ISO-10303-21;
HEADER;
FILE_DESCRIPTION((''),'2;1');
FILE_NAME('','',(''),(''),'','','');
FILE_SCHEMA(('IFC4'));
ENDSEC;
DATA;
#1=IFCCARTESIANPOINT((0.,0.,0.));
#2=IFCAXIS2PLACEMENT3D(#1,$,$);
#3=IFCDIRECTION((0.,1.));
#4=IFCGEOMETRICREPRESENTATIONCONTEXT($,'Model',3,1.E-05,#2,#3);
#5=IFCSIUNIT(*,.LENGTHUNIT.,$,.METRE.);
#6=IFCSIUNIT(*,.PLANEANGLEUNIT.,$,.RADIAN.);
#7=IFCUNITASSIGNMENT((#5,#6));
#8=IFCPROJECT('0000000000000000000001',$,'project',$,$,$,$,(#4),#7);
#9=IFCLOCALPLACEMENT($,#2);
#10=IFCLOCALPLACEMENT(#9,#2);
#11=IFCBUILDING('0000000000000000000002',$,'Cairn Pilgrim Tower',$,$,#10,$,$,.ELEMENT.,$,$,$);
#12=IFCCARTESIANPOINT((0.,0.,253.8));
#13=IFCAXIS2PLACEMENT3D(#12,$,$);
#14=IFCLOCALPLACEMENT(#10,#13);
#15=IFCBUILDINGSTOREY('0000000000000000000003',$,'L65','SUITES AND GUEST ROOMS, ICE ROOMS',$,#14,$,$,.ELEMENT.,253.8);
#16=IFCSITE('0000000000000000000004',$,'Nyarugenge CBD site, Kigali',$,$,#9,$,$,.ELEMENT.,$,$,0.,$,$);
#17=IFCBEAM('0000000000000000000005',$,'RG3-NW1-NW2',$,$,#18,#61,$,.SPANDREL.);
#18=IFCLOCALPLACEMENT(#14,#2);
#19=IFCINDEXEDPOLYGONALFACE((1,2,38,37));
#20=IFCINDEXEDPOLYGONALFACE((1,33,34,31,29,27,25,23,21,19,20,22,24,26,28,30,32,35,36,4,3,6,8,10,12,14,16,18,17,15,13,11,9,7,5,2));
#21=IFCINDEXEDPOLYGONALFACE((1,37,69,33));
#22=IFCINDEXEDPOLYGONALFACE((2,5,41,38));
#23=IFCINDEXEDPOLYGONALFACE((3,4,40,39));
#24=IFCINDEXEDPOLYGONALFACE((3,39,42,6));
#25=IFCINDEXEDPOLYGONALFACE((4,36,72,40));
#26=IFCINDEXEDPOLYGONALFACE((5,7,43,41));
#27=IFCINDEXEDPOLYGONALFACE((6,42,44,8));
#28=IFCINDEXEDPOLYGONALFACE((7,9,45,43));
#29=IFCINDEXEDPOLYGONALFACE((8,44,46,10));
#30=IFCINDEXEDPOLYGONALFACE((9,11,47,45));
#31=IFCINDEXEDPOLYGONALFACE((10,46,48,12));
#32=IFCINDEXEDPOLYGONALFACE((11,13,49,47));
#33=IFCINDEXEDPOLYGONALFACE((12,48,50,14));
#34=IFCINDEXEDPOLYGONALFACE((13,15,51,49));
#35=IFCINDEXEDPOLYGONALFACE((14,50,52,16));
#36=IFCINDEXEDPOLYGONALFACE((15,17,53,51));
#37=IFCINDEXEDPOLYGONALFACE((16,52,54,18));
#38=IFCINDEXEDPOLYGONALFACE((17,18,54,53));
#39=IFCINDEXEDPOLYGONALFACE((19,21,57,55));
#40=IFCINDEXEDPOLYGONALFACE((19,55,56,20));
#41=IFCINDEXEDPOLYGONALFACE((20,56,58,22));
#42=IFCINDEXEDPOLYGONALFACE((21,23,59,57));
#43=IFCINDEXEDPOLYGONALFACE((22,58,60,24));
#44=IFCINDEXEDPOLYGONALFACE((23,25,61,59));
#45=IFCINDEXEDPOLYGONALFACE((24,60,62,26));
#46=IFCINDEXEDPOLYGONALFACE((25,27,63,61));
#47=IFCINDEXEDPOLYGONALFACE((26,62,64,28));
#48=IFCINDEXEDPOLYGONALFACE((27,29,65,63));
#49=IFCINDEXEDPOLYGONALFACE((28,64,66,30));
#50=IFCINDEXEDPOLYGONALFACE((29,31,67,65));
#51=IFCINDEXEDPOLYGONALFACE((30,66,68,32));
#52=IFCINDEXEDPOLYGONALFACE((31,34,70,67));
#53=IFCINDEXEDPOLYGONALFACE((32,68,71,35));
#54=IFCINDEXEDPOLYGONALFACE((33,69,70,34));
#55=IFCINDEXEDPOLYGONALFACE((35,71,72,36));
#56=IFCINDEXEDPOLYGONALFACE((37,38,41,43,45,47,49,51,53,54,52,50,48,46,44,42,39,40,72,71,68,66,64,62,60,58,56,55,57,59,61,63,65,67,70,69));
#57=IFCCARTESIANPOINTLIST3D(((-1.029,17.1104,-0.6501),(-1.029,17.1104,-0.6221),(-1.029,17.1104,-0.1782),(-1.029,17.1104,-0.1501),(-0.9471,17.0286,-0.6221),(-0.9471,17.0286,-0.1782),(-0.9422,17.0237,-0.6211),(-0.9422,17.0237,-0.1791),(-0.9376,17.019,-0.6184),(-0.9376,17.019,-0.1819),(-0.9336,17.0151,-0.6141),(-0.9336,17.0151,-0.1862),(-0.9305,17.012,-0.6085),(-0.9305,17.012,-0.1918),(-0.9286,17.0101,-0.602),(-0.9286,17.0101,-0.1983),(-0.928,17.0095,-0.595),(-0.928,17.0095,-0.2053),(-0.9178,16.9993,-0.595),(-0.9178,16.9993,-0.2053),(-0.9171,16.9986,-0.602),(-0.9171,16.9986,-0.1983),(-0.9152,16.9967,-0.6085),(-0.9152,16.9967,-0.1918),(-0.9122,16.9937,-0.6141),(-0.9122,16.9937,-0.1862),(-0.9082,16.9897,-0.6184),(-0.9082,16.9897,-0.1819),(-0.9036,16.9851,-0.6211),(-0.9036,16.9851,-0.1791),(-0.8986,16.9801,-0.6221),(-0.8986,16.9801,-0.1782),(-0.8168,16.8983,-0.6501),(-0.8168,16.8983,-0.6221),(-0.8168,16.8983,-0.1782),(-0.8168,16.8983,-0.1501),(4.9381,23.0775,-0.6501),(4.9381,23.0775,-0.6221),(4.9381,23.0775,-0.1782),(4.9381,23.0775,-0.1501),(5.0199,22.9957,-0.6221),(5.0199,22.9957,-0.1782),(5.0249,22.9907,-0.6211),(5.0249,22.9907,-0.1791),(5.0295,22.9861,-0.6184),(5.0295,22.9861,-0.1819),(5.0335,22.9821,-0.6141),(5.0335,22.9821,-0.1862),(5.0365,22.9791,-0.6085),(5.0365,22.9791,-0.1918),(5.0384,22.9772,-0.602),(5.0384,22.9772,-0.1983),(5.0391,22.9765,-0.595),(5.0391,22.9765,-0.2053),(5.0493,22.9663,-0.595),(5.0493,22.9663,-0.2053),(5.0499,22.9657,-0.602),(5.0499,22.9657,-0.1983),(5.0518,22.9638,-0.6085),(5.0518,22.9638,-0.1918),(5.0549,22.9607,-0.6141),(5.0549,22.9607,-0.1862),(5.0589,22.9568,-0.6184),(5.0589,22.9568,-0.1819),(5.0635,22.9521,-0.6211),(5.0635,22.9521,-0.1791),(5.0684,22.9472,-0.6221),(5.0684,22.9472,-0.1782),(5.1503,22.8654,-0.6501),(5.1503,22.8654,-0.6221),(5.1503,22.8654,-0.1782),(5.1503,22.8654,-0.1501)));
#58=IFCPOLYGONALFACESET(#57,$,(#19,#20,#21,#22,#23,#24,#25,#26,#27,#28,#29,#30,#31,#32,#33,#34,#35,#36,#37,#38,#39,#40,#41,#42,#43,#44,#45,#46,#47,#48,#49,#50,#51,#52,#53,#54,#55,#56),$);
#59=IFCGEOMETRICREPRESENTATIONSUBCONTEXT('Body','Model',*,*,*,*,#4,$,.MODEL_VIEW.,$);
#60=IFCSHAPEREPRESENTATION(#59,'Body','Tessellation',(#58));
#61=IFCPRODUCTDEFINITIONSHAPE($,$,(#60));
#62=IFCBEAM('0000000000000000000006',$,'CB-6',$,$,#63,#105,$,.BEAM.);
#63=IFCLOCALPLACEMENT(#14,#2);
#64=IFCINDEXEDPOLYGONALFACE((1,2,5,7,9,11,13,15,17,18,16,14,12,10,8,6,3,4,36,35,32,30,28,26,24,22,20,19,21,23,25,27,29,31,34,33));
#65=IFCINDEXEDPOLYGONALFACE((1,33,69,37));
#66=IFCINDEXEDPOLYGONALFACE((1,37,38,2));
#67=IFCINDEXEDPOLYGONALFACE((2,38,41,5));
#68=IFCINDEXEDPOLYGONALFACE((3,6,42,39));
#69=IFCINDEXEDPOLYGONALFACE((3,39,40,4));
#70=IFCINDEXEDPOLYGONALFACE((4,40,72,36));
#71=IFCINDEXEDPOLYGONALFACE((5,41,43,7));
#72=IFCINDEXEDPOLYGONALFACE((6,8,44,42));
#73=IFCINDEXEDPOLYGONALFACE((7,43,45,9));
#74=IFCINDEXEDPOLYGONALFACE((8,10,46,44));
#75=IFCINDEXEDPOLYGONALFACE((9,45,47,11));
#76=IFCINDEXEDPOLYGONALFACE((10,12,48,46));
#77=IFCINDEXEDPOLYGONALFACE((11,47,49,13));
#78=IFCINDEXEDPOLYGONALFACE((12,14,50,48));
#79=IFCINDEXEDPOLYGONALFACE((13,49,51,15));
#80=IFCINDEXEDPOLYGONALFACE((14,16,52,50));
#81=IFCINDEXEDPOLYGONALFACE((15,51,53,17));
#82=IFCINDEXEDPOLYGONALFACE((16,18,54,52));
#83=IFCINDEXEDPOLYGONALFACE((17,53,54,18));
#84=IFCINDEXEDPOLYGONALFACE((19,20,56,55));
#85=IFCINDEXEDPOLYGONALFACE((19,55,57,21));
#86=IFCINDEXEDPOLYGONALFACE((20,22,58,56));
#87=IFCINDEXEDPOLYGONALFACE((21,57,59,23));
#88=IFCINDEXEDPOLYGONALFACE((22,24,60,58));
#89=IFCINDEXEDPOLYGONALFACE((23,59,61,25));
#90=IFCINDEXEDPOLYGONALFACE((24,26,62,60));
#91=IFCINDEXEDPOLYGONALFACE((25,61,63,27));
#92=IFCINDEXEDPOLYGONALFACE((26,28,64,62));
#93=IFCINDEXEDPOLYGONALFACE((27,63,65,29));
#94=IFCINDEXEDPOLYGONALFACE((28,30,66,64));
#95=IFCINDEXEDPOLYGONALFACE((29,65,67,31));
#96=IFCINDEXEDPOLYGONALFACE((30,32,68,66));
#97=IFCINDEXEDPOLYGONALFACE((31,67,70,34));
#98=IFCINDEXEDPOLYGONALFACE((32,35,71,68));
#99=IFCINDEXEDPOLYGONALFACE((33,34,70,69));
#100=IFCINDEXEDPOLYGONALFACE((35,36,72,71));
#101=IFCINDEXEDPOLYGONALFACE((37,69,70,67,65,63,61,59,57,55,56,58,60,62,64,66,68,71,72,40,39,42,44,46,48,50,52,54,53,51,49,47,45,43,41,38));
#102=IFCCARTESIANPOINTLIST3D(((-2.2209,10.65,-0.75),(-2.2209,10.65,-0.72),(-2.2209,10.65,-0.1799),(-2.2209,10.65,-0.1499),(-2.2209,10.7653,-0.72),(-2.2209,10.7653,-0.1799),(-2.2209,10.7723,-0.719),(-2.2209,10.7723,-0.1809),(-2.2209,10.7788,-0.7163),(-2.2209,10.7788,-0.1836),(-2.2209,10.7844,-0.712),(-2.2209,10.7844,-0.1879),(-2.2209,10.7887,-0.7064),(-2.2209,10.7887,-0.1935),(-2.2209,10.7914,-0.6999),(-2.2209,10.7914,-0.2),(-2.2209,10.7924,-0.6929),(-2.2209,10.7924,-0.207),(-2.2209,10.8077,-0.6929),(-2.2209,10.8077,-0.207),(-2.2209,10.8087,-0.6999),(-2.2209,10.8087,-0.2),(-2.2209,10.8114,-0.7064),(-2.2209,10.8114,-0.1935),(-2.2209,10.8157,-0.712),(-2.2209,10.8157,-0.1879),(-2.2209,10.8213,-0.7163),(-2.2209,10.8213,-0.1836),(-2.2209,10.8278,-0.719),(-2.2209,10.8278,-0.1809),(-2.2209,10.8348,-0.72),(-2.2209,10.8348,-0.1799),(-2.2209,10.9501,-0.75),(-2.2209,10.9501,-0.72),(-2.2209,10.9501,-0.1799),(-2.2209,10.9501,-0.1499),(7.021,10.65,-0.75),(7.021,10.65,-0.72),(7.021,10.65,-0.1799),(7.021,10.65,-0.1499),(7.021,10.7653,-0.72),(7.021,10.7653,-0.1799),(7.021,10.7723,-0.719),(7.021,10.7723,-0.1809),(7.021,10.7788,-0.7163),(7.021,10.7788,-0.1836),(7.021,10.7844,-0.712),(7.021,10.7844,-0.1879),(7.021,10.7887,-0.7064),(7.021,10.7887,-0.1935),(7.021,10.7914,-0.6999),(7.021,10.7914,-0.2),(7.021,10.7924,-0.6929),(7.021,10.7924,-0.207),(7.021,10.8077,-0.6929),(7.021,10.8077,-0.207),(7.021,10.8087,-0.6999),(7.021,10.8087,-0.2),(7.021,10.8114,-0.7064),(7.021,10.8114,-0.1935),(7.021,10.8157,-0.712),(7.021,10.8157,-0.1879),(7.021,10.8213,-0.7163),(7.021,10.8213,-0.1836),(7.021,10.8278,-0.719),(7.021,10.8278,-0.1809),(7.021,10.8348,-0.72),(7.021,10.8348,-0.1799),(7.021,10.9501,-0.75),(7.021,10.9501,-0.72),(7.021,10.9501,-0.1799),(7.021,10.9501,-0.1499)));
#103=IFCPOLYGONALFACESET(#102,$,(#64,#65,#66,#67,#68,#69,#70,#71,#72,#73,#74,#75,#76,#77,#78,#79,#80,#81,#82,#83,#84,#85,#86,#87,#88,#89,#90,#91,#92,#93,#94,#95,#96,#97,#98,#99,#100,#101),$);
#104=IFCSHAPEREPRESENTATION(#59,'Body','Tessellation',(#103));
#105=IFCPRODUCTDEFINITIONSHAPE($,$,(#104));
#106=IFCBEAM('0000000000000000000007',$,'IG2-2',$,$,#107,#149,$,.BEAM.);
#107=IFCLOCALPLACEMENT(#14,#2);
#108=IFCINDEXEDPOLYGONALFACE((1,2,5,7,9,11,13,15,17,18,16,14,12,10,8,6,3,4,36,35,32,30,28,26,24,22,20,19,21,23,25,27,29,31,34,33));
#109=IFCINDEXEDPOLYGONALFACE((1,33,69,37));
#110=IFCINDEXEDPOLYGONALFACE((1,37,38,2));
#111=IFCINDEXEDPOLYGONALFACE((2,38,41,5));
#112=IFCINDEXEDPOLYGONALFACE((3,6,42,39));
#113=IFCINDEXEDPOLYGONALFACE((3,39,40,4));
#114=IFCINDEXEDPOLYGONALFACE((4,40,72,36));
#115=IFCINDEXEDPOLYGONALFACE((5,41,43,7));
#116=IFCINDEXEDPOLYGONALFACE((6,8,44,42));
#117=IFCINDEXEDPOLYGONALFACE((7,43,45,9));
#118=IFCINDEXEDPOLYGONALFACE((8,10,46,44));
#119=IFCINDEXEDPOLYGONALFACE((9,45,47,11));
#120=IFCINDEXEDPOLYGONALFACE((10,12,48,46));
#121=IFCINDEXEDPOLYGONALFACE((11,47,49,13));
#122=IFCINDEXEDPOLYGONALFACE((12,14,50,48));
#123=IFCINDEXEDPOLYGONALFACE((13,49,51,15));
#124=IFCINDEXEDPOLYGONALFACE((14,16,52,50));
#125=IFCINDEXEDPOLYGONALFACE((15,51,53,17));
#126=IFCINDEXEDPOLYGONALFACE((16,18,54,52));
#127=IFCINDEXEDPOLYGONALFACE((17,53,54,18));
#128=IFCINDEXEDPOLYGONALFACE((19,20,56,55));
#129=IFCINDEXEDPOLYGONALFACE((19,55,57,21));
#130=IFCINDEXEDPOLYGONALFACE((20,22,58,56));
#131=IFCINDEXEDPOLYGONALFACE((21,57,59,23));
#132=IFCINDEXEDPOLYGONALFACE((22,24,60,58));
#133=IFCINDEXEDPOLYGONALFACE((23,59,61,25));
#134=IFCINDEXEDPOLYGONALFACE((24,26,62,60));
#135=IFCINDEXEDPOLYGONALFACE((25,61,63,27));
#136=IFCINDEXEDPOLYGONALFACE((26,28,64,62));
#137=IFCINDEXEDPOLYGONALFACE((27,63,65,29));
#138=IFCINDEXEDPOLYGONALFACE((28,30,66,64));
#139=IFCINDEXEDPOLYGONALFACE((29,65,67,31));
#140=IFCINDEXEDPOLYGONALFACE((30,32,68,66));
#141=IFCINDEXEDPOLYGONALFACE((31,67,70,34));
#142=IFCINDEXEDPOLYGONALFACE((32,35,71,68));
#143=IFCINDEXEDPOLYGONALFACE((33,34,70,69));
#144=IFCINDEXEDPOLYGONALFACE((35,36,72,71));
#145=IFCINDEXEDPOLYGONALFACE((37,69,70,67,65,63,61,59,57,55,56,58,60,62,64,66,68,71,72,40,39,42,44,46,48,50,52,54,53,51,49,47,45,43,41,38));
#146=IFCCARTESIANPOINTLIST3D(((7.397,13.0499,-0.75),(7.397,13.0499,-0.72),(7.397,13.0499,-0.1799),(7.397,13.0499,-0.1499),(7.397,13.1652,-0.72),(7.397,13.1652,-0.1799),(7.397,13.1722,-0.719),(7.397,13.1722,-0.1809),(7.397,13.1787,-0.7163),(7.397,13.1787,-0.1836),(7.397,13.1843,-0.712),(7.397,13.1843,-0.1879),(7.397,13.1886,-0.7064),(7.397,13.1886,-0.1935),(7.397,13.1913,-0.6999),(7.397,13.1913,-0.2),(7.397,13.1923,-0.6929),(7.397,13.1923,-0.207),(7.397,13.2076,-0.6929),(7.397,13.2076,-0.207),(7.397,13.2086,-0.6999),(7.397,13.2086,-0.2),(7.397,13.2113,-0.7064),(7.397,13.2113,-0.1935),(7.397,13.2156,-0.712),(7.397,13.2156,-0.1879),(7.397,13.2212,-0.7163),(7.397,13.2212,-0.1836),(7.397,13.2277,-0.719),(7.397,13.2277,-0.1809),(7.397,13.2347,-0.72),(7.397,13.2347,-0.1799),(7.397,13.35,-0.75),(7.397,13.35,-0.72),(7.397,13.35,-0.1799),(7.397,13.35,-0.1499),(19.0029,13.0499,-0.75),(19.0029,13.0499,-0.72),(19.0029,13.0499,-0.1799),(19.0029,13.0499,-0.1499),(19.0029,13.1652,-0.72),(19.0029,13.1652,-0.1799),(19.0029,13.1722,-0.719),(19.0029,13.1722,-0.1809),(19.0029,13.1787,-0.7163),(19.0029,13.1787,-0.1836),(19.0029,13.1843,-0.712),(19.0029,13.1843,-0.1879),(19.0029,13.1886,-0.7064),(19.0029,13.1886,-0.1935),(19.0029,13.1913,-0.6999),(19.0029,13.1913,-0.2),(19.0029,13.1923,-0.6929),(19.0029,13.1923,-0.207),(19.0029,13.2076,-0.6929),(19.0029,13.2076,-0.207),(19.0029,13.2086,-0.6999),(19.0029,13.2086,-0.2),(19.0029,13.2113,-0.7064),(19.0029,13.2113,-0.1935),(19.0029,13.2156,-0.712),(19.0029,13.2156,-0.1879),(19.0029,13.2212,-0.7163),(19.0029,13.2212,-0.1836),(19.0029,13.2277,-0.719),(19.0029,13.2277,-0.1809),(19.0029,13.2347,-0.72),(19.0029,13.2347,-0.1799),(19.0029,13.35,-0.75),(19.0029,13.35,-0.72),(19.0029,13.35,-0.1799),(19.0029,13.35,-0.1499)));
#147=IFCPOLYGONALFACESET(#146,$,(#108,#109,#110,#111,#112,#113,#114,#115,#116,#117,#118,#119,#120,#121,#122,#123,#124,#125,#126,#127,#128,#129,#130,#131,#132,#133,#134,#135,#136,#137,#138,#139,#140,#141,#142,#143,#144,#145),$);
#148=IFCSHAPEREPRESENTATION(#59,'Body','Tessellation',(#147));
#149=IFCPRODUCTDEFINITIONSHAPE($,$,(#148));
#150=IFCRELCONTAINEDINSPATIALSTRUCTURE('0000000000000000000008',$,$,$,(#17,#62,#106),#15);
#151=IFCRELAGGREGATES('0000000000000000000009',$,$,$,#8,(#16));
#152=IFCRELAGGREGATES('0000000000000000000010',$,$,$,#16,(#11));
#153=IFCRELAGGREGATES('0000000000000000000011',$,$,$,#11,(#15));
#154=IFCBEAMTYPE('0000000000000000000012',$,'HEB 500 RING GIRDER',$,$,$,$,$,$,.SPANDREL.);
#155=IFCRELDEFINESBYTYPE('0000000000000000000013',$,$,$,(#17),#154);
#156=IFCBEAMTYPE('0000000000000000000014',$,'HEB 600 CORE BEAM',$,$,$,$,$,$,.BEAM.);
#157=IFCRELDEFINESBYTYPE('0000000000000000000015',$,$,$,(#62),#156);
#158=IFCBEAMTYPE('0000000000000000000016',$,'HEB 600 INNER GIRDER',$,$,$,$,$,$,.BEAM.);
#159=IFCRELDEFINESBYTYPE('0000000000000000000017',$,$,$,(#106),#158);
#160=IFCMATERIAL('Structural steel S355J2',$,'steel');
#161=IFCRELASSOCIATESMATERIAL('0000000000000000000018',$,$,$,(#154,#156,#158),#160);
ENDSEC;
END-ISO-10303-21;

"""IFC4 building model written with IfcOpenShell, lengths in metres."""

from ifc_helpers import new_model, si_unit, direction, frame, origin, origin_2d, place, context, subcontext, project, spatial, i_section, extrude, material, material_profile, profile_set, type_object, element, save


model = new_model("IFC4")

# Units and contexts
model_context = context("Model", 3, precision=1e-05, world=origin(), true_north=direction((0.0, 1.0)))
body_context = subcontext(model_context, "Body", "Model", "MODEL_VIEW")
ifc_project = project(units=[si_unit("LENGTHUNIT", "METRE"), si_unit("PLANEANGLEUNIT", "RADIAN")], contexts=[model_context])

# Site, building, storey
site_placement = place(None, origin())
site = spatial("IfcSite", under=ifc_project, at=site_placement, Name="Nyarugenge CBD site, Kigali", CompositionType="ELEMENT", RefElevation=0.0)
building_placement = place(site_placement, origin())
building = spatial("IfcBuilding", under=site, at=building_placement, Name="Cairn Pilgrim Tower", CompositionType="ELEMENT")
storey_placement = place(building_placement, frame((0.0, 0.0, 253.8)))
storey = spatial("IfcBuildingStorey", under=building, at=storey_placement, Name="L65", Description="SUITES AND GUEST ROOMS, ICE ROOMS", CompositionType="ELEMENT", Elevation=253.8)

# Shared definitions
ifc_material_1 = material(Name="Structural steel S355J2", Category="steel")

# Beams
ifc_material_profile_1 = material_profile(ifc_material_1, i_section(OverallWidth=0.3, OverallDepth=0.5, WebThickness=0.0144, FlangeThickness=0.0281, FilletRadius=0.0271, at=origin_2d()), Name="HEB 500")
ifc_profile_set_1 = profile_set([ifc_material_profile_1], Name="Structural steel S355J2")
beam_type_1 = type_object("IfcBeamType", Name="HEB 500 RING GIRDER", PredefinedType="SPANDREL", material=ifc_profile_set_1)
beam_1_placement = place(storey_placement, frame((5.0442, 22.9714, -0.4001), z_axis=(-0.707107, -0.707107, 0.0), x_axis=(0.707107, -0.707107, 0.0)))
element("IfcBeam", 1, at=beam_1_placement, inside=storey, type_object=beam_type_1, Name="RG3-NW1-NW2", PredefinedType="SPANDREL", context=body_context, shape_type="SweptSolid", body=[
    extrude(i_section(OverallWidth=0.3, OverallDepth=0.5, WebThickness=0.0144, FlangeThickness=0.0281, FilletRadius=0.0271, at=origin_2d()), origin(), (0.0, 0.0, 1.0), 8.4387),
])
ifc_material_profile_2 = material_profile(ifc_material_1, i_section(OverallWidth=0.3, OverallDepth=0.6001, WebThickness=0.0154, FlangeThickness=0.03, FilletRadius=0.0271, at=origin_2d()), Name="HEB 600")
ifc_profile_set_2 = profile_set([ifc_material_profile_2], Name="Structural steel S355J2")
beam_type_2 = type_object("IfcBeamType", Name="HEB 600 CORE BEAM", PredefinedType="BEAM", material=ifc_profile_set_2)
beam_2_placement = place(storey_placement, frame((7.021, 10.8, -0.45), z_axis=(-1.0, 0.0, 0.0), x_axis=(0.0, -1.0, 0.0)))
element("IfcBeam", 2, at=beam_2_placement, inside=storey, type_object=beam_type_2, Name="CB-6", PredefinedType="BEAM", context=body_context, shape_type="SweptSolid", body=[
    extrude(i_section(OverallWidth=0.3, OverallDepth=0.6001, WebThickness=0.0154, FlangeThickness=0.03, FilletRadius=0.0271, at=origin_2d()), origin(), (0.0, 0.0, 1.0), 9.2419),
])
ifc_material_profile_3 = material_profile(ifc_material_1, i_section(OverallWidth=0.3, OverallDepth=0.6001, WebThickness=0.0154, FlangeThickness=0.03, FilletRadius=0.0271, at=origin_2d()), Name="HEB 600")
ifc_profile_set_3 = profile_set([ifc_material_profile_3], Name="Structural steel S355J2")
beam_type_3 = type_object("IfcBeamType", Name="HEB 600 INNER GIRDER", PredefinedType="BEAM", material=ifc_profile_set_3)
beam_3_placement = place(storey_placement, frame((7.397, 13.2, -0.45), z_axis=(1.0, 0.0, 0.0), x_axis=(0.0, 1.0, 0.0)))
element("IfcBeam", 3, at=beam_3_placement, inside=storey, type_object=beam_type_3, Name="IG2-2", PredefinedType="BEAM", context=body_context, shape_type="SweptSolid", body=[
    extrude(i_section(OverallWidth=0.3, OverallDepth=0.6001, WebThickness=0.0154, FlangeThickness=0.03, FilletRadius=0.0271, at=origin_2d()), origin(), (0.0, 0.0, 1.0), 11.606),
])

save(model, "model.ifc")
